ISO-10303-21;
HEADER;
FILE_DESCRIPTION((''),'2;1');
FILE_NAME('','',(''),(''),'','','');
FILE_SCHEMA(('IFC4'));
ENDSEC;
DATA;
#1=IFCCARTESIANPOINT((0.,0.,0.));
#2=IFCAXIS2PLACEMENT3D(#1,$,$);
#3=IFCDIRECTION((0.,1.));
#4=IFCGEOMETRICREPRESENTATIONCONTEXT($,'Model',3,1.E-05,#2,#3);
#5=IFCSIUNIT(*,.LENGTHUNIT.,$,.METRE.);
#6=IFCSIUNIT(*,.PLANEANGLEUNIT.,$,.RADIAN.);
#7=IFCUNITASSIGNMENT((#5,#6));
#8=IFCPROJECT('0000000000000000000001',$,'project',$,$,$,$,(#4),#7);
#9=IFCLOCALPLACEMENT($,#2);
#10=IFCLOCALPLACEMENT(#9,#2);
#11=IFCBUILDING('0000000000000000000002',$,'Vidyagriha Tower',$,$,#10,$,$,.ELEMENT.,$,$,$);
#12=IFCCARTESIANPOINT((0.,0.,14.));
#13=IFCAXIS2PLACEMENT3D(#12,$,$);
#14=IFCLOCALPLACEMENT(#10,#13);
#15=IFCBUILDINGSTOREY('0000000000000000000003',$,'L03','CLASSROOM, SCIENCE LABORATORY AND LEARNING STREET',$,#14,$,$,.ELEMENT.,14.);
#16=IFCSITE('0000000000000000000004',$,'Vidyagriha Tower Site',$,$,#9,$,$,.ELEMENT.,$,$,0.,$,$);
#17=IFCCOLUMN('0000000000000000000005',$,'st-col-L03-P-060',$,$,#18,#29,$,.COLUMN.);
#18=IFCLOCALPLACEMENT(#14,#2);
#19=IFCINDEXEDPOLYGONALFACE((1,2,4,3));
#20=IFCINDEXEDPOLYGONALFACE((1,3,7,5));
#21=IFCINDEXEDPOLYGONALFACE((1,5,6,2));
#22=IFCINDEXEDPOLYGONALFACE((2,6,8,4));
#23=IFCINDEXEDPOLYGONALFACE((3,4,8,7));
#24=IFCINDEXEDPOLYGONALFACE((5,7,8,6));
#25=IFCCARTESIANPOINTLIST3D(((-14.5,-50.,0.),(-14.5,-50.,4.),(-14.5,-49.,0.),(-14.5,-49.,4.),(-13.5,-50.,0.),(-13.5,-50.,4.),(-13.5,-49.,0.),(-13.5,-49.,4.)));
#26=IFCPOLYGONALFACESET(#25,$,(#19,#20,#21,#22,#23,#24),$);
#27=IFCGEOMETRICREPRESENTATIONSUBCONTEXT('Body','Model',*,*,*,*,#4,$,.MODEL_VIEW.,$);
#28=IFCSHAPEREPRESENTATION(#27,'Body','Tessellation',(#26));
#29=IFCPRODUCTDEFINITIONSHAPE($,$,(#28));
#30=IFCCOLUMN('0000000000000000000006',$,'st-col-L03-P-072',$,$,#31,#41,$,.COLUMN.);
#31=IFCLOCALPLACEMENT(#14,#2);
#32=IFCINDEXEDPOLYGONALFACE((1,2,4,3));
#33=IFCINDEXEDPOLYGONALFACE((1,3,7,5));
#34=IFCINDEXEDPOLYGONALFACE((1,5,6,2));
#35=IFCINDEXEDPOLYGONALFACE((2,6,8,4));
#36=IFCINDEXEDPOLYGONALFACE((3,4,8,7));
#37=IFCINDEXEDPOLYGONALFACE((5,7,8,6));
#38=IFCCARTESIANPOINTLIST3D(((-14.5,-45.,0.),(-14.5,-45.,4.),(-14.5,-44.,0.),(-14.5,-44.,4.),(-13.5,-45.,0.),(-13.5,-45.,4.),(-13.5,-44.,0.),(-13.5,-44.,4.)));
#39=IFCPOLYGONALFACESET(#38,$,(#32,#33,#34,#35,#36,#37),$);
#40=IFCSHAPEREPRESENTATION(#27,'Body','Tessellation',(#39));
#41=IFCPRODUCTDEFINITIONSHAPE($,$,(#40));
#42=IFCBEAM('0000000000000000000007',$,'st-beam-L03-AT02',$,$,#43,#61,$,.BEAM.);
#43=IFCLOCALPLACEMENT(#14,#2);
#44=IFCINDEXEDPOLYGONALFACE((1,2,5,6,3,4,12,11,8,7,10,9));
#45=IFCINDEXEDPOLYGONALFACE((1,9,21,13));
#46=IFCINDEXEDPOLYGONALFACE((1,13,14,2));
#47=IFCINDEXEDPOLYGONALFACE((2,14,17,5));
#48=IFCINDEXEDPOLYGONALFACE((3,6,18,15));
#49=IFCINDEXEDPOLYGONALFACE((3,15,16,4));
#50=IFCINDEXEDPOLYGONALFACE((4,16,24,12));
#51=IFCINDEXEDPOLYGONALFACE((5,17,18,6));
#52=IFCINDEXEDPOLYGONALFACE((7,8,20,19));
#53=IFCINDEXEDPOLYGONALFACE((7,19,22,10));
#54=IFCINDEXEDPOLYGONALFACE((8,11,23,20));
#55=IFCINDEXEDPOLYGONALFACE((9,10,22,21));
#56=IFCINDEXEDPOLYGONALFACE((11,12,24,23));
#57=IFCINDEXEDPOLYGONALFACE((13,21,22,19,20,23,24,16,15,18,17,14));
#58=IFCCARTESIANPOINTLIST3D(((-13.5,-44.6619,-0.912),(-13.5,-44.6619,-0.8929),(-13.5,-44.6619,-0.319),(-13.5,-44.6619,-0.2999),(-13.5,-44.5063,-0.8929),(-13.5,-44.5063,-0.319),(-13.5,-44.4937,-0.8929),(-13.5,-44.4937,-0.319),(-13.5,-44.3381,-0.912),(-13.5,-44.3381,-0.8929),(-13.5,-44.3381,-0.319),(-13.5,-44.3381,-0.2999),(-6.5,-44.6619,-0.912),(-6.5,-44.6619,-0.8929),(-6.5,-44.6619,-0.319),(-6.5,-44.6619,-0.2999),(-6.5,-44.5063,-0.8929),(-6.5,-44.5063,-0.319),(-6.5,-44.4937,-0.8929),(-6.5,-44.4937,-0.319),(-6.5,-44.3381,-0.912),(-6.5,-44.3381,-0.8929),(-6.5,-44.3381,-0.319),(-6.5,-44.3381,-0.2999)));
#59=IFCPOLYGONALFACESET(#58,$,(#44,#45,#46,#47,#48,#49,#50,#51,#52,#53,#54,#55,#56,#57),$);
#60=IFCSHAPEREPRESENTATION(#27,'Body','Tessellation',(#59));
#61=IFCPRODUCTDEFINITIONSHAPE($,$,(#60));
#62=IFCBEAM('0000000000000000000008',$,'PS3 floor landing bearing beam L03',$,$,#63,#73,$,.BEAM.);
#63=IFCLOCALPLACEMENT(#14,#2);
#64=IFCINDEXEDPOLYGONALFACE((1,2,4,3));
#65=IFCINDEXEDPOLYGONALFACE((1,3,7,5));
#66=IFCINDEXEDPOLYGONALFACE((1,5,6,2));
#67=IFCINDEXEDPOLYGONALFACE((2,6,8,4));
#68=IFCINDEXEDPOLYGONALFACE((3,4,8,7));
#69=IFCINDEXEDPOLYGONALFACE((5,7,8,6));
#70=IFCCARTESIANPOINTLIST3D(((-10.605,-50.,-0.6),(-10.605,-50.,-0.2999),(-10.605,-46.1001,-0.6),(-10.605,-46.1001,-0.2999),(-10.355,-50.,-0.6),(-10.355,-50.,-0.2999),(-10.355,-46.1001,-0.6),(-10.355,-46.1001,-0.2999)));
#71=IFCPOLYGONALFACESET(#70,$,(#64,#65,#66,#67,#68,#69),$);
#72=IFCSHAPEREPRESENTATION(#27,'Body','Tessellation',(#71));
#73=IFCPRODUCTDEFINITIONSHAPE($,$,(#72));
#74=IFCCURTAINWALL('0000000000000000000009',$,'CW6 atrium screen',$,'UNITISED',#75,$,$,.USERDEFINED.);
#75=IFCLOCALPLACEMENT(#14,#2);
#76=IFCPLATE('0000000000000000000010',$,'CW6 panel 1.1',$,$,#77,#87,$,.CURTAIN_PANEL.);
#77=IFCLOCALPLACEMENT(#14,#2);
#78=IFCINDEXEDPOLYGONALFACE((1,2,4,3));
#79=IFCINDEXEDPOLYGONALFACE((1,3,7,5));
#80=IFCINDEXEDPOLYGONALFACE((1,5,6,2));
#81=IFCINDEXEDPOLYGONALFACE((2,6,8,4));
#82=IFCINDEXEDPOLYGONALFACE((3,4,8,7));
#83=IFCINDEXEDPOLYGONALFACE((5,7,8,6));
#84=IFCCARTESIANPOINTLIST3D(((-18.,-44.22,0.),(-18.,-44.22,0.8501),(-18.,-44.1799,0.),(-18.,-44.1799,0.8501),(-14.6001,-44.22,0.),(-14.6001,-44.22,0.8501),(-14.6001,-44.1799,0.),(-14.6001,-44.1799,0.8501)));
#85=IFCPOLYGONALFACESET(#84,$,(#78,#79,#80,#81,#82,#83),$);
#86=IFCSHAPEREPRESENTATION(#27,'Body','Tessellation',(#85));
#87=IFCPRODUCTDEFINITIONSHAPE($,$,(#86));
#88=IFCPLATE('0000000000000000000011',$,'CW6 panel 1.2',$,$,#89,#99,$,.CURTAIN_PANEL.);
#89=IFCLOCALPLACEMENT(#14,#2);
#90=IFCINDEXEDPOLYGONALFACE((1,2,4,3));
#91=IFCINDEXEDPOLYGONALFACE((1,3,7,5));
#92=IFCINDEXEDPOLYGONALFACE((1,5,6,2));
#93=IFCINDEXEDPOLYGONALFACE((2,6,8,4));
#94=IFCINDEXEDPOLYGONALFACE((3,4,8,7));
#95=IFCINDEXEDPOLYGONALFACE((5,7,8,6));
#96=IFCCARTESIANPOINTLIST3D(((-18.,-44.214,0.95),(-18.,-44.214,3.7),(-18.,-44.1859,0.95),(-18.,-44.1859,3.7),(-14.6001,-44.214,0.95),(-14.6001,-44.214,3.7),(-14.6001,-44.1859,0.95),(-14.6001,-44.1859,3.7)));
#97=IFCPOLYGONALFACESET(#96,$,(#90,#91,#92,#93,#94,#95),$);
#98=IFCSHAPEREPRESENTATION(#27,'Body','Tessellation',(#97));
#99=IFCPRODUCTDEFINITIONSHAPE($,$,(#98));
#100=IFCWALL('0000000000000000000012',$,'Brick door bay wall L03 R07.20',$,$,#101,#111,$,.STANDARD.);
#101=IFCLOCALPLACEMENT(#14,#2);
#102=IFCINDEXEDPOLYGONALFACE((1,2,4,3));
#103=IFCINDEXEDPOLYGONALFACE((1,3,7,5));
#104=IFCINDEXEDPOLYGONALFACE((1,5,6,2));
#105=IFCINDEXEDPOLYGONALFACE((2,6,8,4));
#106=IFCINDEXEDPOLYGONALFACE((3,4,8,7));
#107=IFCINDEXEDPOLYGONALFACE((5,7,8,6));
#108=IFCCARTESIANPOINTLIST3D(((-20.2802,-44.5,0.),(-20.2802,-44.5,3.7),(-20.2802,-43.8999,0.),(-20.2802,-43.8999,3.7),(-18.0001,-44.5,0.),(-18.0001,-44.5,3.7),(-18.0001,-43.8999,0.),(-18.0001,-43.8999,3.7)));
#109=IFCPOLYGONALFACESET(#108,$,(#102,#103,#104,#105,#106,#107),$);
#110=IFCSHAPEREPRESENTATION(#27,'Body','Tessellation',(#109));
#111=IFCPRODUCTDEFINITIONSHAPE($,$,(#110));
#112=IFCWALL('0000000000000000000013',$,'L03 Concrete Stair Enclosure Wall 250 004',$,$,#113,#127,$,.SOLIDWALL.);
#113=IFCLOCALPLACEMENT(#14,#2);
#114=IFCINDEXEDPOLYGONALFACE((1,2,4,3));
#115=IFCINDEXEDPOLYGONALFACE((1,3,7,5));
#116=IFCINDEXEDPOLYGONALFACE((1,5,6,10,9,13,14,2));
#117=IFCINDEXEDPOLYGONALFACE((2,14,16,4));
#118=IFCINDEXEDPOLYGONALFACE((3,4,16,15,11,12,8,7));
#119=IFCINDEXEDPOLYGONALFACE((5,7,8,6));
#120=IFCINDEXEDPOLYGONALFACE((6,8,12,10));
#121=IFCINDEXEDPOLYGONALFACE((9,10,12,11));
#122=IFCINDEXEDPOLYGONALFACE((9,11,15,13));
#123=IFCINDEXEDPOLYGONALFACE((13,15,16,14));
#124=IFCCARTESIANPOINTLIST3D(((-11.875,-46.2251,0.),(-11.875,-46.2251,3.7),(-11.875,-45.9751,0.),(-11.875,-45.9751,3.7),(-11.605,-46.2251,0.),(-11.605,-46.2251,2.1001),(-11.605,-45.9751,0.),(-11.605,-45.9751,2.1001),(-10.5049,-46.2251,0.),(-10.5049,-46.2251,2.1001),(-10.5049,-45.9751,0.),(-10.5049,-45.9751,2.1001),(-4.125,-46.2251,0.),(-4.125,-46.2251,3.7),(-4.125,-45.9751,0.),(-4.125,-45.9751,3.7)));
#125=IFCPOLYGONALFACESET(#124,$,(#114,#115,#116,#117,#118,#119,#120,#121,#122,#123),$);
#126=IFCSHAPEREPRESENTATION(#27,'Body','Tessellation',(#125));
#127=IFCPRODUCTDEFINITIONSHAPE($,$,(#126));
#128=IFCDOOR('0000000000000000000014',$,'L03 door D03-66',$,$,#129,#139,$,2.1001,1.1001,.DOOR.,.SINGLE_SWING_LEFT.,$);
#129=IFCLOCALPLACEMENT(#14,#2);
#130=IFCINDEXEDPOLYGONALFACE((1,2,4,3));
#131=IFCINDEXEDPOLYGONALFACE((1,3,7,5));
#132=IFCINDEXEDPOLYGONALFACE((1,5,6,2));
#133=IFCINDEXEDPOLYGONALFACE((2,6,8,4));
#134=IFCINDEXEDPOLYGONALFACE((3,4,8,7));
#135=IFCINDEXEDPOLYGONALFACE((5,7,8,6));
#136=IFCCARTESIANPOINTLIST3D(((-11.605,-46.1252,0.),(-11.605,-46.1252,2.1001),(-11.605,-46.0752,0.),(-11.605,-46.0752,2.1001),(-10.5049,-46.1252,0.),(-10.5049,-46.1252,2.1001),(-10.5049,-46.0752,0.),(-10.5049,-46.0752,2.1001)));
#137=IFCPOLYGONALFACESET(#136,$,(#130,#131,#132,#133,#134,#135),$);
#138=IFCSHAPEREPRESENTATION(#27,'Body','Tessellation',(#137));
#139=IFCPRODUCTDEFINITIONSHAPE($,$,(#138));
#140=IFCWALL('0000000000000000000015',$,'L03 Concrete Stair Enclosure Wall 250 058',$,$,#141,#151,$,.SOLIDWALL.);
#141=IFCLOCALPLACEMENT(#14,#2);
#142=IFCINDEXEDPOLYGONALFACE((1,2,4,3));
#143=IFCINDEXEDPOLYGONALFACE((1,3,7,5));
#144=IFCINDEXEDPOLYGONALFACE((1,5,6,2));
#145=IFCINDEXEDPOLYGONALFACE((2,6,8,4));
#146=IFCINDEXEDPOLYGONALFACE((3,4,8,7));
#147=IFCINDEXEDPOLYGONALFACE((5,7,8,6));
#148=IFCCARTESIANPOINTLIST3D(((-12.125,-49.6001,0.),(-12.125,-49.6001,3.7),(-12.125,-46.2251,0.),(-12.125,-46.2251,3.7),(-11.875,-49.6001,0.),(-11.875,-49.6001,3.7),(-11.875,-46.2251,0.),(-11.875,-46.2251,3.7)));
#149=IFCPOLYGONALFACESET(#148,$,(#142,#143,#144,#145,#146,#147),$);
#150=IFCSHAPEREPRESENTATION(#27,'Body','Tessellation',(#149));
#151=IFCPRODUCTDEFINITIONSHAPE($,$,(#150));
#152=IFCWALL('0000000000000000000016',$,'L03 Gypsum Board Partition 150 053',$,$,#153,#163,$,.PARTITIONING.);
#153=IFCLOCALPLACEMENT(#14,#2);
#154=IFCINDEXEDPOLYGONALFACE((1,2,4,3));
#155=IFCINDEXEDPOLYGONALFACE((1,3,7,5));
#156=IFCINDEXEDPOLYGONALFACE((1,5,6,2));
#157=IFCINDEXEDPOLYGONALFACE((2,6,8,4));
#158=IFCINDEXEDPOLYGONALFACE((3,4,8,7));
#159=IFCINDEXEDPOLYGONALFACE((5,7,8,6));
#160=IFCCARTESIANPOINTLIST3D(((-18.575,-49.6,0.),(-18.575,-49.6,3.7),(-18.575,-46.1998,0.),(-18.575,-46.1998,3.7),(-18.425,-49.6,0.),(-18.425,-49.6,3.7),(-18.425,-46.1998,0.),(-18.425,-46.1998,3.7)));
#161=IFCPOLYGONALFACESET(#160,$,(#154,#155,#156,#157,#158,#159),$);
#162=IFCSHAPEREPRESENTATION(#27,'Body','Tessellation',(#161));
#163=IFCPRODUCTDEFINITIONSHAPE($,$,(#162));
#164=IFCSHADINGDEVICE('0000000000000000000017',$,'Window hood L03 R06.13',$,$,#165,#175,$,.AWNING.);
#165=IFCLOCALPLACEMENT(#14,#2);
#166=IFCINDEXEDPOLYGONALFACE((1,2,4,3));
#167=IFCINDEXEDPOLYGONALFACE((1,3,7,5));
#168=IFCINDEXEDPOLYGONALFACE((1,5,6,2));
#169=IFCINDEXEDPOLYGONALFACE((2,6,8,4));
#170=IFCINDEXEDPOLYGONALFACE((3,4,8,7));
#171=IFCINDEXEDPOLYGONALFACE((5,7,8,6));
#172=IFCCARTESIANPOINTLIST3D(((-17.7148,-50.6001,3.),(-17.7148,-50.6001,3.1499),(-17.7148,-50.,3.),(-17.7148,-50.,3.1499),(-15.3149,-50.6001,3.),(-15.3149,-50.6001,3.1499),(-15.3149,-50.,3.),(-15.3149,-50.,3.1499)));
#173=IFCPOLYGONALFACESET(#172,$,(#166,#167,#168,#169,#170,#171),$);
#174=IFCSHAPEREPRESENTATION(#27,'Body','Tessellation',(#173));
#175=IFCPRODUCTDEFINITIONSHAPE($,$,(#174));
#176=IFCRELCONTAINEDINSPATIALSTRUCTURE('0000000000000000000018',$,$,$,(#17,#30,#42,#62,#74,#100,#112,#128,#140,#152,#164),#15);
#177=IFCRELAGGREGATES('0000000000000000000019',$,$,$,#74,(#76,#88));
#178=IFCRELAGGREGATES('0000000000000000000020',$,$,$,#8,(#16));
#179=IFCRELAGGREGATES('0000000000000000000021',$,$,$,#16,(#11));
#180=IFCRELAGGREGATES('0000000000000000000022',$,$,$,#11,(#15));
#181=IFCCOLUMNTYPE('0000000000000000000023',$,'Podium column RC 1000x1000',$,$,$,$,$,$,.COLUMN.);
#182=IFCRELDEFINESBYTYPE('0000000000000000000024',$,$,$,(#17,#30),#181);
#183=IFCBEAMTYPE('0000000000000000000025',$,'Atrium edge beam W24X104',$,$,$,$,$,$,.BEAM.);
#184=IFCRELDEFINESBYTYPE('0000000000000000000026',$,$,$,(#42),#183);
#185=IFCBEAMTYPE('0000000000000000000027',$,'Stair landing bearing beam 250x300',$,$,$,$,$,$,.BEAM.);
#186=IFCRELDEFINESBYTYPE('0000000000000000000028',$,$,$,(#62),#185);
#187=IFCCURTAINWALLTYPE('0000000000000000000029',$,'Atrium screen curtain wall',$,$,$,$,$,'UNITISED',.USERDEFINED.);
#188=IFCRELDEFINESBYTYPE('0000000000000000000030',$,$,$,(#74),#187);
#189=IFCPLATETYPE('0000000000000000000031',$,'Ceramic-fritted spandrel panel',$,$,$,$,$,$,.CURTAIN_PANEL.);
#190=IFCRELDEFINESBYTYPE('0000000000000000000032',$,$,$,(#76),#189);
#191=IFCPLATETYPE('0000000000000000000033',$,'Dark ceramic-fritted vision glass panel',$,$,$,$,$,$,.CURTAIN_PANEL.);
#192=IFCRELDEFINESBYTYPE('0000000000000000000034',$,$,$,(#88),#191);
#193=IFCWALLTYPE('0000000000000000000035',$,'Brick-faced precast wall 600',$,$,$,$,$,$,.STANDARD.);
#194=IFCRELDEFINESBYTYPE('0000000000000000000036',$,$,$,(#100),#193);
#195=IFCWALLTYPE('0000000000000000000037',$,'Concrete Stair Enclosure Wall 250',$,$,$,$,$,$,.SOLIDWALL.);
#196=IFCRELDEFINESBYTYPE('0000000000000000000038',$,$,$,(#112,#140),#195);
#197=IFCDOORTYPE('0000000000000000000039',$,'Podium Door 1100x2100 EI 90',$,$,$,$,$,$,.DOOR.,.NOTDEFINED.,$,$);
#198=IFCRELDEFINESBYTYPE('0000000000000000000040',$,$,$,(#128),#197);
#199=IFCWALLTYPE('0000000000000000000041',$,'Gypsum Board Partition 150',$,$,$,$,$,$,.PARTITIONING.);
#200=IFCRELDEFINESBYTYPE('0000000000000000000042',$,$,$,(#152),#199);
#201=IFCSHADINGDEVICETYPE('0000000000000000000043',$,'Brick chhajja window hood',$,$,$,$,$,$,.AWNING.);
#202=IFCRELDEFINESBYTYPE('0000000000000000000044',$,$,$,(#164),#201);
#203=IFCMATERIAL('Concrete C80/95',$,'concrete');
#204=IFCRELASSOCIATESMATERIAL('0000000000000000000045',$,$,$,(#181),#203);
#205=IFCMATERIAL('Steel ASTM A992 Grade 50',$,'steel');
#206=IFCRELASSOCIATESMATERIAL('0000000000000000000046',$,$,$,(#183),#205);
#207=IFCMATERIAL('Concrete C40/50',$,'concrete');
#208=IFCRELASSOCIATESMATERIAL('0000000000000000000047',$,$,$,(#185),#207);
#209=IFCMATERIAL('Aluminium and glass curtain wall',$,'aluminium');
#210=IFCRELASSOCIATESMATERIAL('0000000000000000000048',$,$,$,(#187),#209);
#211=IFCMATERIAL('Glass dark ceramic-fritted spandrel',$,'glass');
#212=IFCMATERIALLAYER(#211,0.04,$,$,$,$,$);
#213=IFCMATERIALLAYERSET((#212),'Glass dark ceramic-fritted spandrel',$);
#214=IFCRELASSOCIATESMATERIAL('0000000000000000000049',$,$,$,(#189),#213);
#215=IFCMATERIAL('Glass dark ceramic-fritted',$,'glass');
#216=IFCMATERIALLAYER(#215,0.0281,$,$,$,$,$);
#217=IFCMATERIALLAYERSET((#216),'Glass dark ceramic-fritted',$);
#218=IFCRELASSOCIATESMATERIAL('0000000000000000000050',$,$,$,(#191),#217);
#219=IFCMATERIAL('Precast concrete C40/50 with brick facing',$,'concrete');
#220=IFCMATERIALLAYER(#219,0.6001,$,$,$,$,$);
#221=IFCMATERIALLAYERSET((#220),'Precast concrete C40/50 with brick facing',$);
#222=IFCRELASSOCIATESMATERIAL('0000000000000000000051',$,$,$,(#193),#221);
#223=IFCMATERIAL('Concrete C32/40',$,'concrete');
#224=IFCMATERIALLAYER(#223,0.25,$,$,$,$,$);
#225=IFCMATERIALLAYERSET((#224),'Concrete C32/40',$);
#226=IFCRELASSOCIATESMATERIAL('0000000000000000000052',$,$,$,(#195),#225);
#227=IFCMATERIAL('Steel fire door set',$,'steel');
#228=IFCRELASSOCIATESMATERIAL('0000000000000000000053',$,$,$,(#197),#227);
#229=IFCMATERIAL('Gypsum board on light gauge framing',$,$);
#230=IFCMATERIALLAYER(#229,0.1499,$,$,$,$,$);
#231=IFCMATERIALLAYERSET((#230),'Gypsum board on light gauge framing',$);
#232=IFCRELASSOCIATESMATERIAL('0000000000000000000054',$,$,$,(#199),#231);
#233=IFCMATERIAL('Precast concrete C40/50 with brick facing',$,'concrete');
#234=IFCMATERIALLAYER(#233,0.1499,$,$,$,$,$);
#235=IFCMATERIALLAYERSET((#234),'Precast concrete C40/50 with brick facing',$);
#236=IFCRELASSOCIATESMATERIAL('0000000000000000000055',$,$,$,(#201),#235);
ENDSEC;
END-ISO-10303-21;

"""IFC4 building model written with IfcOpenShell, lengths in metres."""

from ifc_helpers import new_model, si_unit, direction, frame, frame_2d, origin, origin_2d, place, context, subcontext, project, spatial, rectangle, i_section, extrude, material, layer, layer_set, material_profile, profile_set, type_object, element, fill, aggregate, save


model = new_model("IFC4")

# Units and contexts
model_context = context("Model", 3, precision=1e-05, world=origin(), true_north=direction((0.0, 1.0)))
body_context = subcontext(model_context, "Body", "Model", "MODEL_VIEW")
ifc_project = project(units=[si_unit("LENGTHUNIT", "METRE"), si_unit("PLANEANGLEUNIT", "RADIAN")], contexts=[model_context])

# Site, building, storey
site_placement = place(None, origin())
site = spatial("IfcSite", under=ifc_project, at=site_placement, Name="Vidyagriha Tower Site", CompositionType="ELEMENT", RefElevation=0.0)
building_placement = place(site_placement, origin())
building = spatial("IfcBuilding", under=site, at=building_placement, Name="Vidyagriha Tower", CompositionType="ELEMENT")
storey_placement = place(building_placement, frame((0.0, 0.0, 14.0)))
storey = spatial("IfcBuildingStorey", under=building, at=storey_placement, Name="L03", Description="CLASSROOM, SCIENCE LABORATORY AND LEARNING STREET", CompositionType="ELEMENT", Elevation=14.0)

# Columns
ifc_material_1 = material(Name="Concrete C80/95", Category="concrete")
ifc_material_profile_1 = material_profile(ifc_material_1, rectangle(XDim=1.0, YDim=1.0, at=origin_2d()), Name="RC 1000x1000")
ifc_profile_set_1 = profile_set([ifc_material_profile_1], Name="Concrete C80/95")
column_type = type_object("IfcColumnType", Name="Podium column RC 1000x1000", PredefinedType="COLUMN", material=ifc_profile_set_1)
for number, where, name in (
    (1, (-14.0, -49.5, 0.0), "st-col-L03-P-060"),
    (2, (-14.0, -44.5, 0.0), "st-col-L03-P-072"),
):
    element("IfcColumn", number, at=place(storey_placement, frame(where)), inside=storey, type_object=column_type, Name=name, PredefinedType="COLUMN", context=body_context, shape_type="SweptSolid", body=[
        extrude(rectangle(XDim=1.0, YDim=1.0, at=origin_2d()), origin(), (0.0, 0.0, 1.0), 4.0),
    ])

# Beams
ifc_material_2 = material(Name="Steel ASTM A992 Grade 50", Category="steel")
ifc_material_profile_2 = material_profile(ifc_material_2, i_section(OverallWidth=0.3237, OverallDepth=0.6121, WebThickness=0.0127, FlangeThickness=0.019, at=origin_2d()), Name="W24X104")
ifc_profile_set_2 = profile_set([ifc_material_profile_2], Name="Steel ASTM A992 Grade 50")
beam_type_1 = type_object("IfcBeamType", Name="Atrium edge beam W24X104", PredefinedType="BEAM", material=ifc_profile_set_2)
beam_1_placement = place(storey_placement, frame((-13.5, -44.5, -0.606), z_axis=(1.0, 0.0, 0.0), x_axis=(0.0, 1.0, 0.0)))
element("IfcBeam", 3, at=beam_1_placement, inside=storey, type_object=beam_type_1, Name="st-beam-L03-AT02", PredefinedType="BEAM", context=body_context, shape_type="SweptSolid", body=[
    extrude(i_section(OverallWidth=0.3237, OverallDepth=0.6121, WebThickness=0.0127, FlangeThickness=0.019, at=origin_2d()), origin(), (0.0, 0.0, 1.0), 7.0),
])
ifc_material_3 = material(Name="Concrete C40/50", Category="concrete")
ifc_material_profile_3 = material_profile(ifc_material_3, rectangle(XDim=0.25, YDim=0.3, at=origin_2d()), Name="Stair landing bearing beam 250x300")
ifc_profile_set_3 = profile_set([ifc_material_profile_3], Name="Concrete C40/50")
beam_type_2 = type_object("IfcBeamType", Name="Stair landing bearing beam 250x300", PredefinedType="BEAM", material=ifc_profile_set_3)
beam_2_placement = place(storey_placement, frame((-10.48, -50.0, -0.45), z_axis=(0.0, 1.0, 0.0), x_axis=(-1.0, 0.0, 0.0)))
element("IfcBeam", 4, at=beam_2_placement, inside=storey, type_object=beam_type_2, Name="PS3 floor landing bearing beam L03", PredefinedType="BEAM", context=body_context, shape_type="SweptSolid", body=[
    extrude(rectangle(XDim=0.25, YDim=0.3, at=origin_2d()), origin(), (0.0, 0.0, 1.0), 3.8999),
])

# Curtain wall, plates
ifc_material_4 = material(Name="Aluminium and glass curtain wall", Category="aluminium")
curtain_wall_type = type_object("IfcCurtainWallType", Name="Atrium screen curtain wall", ElementType="UNITISED", PredefinedType="USERDEFINED", material=ifc_material_4)
curtain_wall_placement = place(storey_placement, origin())
curtain_wall = element("IfcCurtainWall", 5, at=curtain_wall_placement, inside=storey, type_object=curtain_wall_type, Name="CW6 atrium screen", ObjectType="UNITISED", PredefinedType="USERDEFINED")
ifc_material_5 = material(Name="Glass dark ceramic-fritted spandrel", Category="glass")
ifc_layer_1 = layer(ifc_material_5, 0.04)
ifc_layer_set_1 = layer_set([ifc_layer_1], Name="Glass dark ceramic-fritted spandrel")
plate_type_1 = type_object("IfcPlateType", Name="Ceramic-fritted spandrel panel", PredefinedType="CURTAIN_PANEL", material=ifc_layer_set_1)
plate_1_placement = place(storey_placement, frame((-16.3, -44.2, 0.0), z_axis=(0.0, 0.0, 1.0), x_axis=(-1.0, 0.0, 0.0)))
plate_1 = element("IfcPlate", 6, at=plate_1_placement, type_object=plate_type_1, Name="CW6 panel 1.1", PredefinedType="CURTAIN_PANEL", context=body_context, shape_type="SweptSolid", body=[
    extrude(rectangle(XDim=3.3999, YDim=0.04, at=origin_2d()), origin(), (0.0, 0.0, 1.0), 0.8501),
])
ifc_material_6 = material(Name="Glass dark ceramic-fritted", Category="glass")
ifc_layer_2 = layer(ifc_material_6, 0.0281)
ifc_layer_set_2 = layer_set([ifc_layer_2], Name="Glass dark ceramic-fritted")
plate_type_2 = type_object("IfcPlateType", Name="Dark ceramic-fritted vision glass panel", PredefinedType="CURTAIN_PANEL", material=ifc_layer_set_2)
plate_2_placement = place(storey_placement, frame((-16.3, -44.2, 0.95), z_axis=(0.0, 0.0, 1.0), x_axis=(-1.0, 0.0, 0.0)))
plate_2 = element("IfcPlate", 7, at=plate_2_placement, type_object=plate_type_2, Name="CW6 panel 1.2", PredefinedType="CURTAIN_PANEL", context=body_context, shape_type="SweptSolid", body=[
    extrude(rectangle(XDim=3.3999, YDim=0.0281, at=origin_2d()), origin(), (0.0, 0.0, 1.0), 2.75),
])
aggregate(curtain_wall, [plate_1, plate_2])

# Wall
ifc_material_7 = material(Name="Precast concrete C40/50 with brick facing", Category="concrete")
ifc_layer_3 = layer(ifc_material_7, 0.6001)
ifc_layer_set_3 = layer_set([ifc_layer_3], Name="Precast concrete C40/50 with brick facing")
wall_type_1 = type_object("IfcWallType", Name="Brick-faced precast wall 600", PredefinedType="STANDARD", material=ifc_layer_set_3)
wall_1_placement = place(storey_placement, frame((-18.0, -44.2, 0.0), z_axis=(0.0, 0.0, 1.0), x_axis=(-1.0, 0.0, 0.0)))
element("IfcWall", 8, at=wall_1_placement, inside=storey, type_object=wall_type_1, Name="Brick door bay wall L03 R07.20", PredefinedType="STANDARD", context=body_context, shape_type="SweptSolid", body=[
    extrude(rectangle(XDim=2.28, YDim=0.6001, at=frame_2d((1.1401, 0.0))), origin(), (0.0, 0.0, 1.0), 3.7),
])

# Wall, opening, door
ifc_material_8 = material(Name="Concrete C32/40", Category="concrete")
ifc_layer_4 = layer(ifc_material_8, 0.25)
ifc_layer_set_4 = layer_set([ifc_layer_4], Name="Concrete C32/40")
wall_type_2 = type_object("IfcWallType", Name="Concrete Stair Enclosure Wall 250", PredefinedType="SOLIDWALL", material=ifc_layer_set_4)
wall_2_placement = place(storey_placement, frame((-11.875, -46.1001, 0.0)))
wall_2 = element("IfcWall", 9, at=wall_2_placement, inside=storey, type_object=wall_type_2, Name="L03 Concrete Stair Enclosure Wall 250 004", PredefinedType="SOLIDWALL", context=body_context, shape_type="SweptSolid", body=[
    extrude(rectangle(XDim=7.75, YDim=0.25, at=frame_2d((3.875, 0.0))), origin(), (0.0, 0.0, 1.0), 3.7),
])
opening_placement = place(wall_2_placement, frame((0.27, 0.0, 0.0)))
opening = element("IfcOpeningElement", 10, at=opening_placement, cuts=wall_2, PredefinedType="OPENING", context=body_context, shape_type="SweptSolid", body=[
    extrude(rectangle(XDim=1.1001, YDim=2.1001, at=frame_2d((0.55, 1.05))), frame((0.0, 0.135, 0.0), z_axis=(0.0, -1.0, 0.0), x_axis=(1.0, 0.0, 0.0)), (0.0, 0.0, 1.0), 0.27),
])
ifc_material_9 = material(Name="Steel fire door set", Category="steel")
door_type = type_object("IfcDoorType", Name="Podium Door 1100x2100 EI 90", OperationType="NOTDEFINED", PredefinedType="DOOR", material=ifc_material_9)
door_placement = place(opening_placement, origin())
door = element("IfcDoor", 11, at=door_placement, inside=storey, type_object=door_type, Name="L03 door D03-66", OperationType="SINGLE_SWING_LEFT", OverallHeight=2.1001, OverallWidth=1.1001, PredefinedType="DOOR", context=body_context, shape_type="SweptSolid", body=[
    extrude(rectangle(XDim=1.1001, YDim=2.1001, at=frame_2d((0.55, 1.05))), frame((0.0, 0.0249, 0.0), z_axis=(0.0, -1.0, 0.0), x_axis=(1.0, 0.0, 0.0)), (0.0, 0.0, 1.0), 0.05),
])
fill(opening, door)

# Walls
wall_3_placement = place(storey_placement, frame((-12.0, -49.6001, 0.0), z_axis=(0.0, 0.0, 1.0), x_axis=(0.0, 1.0, 0.0)))
element("IfcWall", 12, at=wall_3_placement, inside=storey, type_object=wall_type_2, Name="L03 Concrete Stair Enclosure Wall 250 058", PredefinedType="SOLIDWALL", context=body_context, shape_type="SweptSolid", body=[
    extrude(rectangle(XDim=3.375, YDim=0.25, at=frame_2d((1.6875, 0.0))), origin(), (0.0, 0.0, 1.0), 3.7),
])
ifc_material_10 = material(Name="Gypsum board on light gauge framing")
ifc_layer_5 = layer(ifc_material_10, 0.1499)
ifc_layer_set_5 = layer_set([ifc_layer_5], Name="Gypsum board on light gauge framing")
wall_type_3 = type_object("IfcWallType", Name="Gypsum Board Partition 150", PredefinedType="PARTITIONING", material=ifc_layer_set_5)
wall_4_placement = place(storey_placement, frame((-18.5, -49.6001, 0.0), z_axis=(0.0, 0.0, 1.0), x_axis=(0.0, 1.0, 0.0)))
element("IfcWall", 13, at=wall_4_placement, inside=storey, type_object=wall_type_3, Name="L03 Gypsum Board Partition 150 053", PredefinedType="PARTITIONING", context=body_context, shape_type="SweptSolid", body=[
    extrude(rectangle(XDim=3.4001, YDim=0.1499, at=frame_2d((1.7002, 0.0))), origin(), (0.0, 0.0, 1.0), 3.7),
])

# Shading device
ifc_material_11 = material(Name="Precast concrete C40/50 with brick facing", Category="concrete")
ifc_layer_6 = layer(ifc_material_11, 0.1499)
ifc_layer_set_6 = layer_set([ifc_layer_6], Name="Precast concrete C40/50 with brick facing")
shading_device_type_1 = type_object("IfcShadingDeviceType", Name="Brick chhajja window hood", PredefinedType="AWNING", material=ifc_layer_set_6)
shading_device_placement = place(storey_placement, frame((-16.5149, -50.3, 3.0)))
element("IfcShadingDevice", 14, at=shading_device_placement, inside=storey, type_object=shading_device_type_1, Name="Window hood L03 R06.13", PredefinedType="AWNING", context=body_context, shape_type="SweptSolid", body=[
    extrude(rectangle(XDim=2.3999, YDim=0.6001, at=origin_2d()), origin(), (0.0, 0.0, 1.0), 0.1499),
])

save(model, "model.ifc")
